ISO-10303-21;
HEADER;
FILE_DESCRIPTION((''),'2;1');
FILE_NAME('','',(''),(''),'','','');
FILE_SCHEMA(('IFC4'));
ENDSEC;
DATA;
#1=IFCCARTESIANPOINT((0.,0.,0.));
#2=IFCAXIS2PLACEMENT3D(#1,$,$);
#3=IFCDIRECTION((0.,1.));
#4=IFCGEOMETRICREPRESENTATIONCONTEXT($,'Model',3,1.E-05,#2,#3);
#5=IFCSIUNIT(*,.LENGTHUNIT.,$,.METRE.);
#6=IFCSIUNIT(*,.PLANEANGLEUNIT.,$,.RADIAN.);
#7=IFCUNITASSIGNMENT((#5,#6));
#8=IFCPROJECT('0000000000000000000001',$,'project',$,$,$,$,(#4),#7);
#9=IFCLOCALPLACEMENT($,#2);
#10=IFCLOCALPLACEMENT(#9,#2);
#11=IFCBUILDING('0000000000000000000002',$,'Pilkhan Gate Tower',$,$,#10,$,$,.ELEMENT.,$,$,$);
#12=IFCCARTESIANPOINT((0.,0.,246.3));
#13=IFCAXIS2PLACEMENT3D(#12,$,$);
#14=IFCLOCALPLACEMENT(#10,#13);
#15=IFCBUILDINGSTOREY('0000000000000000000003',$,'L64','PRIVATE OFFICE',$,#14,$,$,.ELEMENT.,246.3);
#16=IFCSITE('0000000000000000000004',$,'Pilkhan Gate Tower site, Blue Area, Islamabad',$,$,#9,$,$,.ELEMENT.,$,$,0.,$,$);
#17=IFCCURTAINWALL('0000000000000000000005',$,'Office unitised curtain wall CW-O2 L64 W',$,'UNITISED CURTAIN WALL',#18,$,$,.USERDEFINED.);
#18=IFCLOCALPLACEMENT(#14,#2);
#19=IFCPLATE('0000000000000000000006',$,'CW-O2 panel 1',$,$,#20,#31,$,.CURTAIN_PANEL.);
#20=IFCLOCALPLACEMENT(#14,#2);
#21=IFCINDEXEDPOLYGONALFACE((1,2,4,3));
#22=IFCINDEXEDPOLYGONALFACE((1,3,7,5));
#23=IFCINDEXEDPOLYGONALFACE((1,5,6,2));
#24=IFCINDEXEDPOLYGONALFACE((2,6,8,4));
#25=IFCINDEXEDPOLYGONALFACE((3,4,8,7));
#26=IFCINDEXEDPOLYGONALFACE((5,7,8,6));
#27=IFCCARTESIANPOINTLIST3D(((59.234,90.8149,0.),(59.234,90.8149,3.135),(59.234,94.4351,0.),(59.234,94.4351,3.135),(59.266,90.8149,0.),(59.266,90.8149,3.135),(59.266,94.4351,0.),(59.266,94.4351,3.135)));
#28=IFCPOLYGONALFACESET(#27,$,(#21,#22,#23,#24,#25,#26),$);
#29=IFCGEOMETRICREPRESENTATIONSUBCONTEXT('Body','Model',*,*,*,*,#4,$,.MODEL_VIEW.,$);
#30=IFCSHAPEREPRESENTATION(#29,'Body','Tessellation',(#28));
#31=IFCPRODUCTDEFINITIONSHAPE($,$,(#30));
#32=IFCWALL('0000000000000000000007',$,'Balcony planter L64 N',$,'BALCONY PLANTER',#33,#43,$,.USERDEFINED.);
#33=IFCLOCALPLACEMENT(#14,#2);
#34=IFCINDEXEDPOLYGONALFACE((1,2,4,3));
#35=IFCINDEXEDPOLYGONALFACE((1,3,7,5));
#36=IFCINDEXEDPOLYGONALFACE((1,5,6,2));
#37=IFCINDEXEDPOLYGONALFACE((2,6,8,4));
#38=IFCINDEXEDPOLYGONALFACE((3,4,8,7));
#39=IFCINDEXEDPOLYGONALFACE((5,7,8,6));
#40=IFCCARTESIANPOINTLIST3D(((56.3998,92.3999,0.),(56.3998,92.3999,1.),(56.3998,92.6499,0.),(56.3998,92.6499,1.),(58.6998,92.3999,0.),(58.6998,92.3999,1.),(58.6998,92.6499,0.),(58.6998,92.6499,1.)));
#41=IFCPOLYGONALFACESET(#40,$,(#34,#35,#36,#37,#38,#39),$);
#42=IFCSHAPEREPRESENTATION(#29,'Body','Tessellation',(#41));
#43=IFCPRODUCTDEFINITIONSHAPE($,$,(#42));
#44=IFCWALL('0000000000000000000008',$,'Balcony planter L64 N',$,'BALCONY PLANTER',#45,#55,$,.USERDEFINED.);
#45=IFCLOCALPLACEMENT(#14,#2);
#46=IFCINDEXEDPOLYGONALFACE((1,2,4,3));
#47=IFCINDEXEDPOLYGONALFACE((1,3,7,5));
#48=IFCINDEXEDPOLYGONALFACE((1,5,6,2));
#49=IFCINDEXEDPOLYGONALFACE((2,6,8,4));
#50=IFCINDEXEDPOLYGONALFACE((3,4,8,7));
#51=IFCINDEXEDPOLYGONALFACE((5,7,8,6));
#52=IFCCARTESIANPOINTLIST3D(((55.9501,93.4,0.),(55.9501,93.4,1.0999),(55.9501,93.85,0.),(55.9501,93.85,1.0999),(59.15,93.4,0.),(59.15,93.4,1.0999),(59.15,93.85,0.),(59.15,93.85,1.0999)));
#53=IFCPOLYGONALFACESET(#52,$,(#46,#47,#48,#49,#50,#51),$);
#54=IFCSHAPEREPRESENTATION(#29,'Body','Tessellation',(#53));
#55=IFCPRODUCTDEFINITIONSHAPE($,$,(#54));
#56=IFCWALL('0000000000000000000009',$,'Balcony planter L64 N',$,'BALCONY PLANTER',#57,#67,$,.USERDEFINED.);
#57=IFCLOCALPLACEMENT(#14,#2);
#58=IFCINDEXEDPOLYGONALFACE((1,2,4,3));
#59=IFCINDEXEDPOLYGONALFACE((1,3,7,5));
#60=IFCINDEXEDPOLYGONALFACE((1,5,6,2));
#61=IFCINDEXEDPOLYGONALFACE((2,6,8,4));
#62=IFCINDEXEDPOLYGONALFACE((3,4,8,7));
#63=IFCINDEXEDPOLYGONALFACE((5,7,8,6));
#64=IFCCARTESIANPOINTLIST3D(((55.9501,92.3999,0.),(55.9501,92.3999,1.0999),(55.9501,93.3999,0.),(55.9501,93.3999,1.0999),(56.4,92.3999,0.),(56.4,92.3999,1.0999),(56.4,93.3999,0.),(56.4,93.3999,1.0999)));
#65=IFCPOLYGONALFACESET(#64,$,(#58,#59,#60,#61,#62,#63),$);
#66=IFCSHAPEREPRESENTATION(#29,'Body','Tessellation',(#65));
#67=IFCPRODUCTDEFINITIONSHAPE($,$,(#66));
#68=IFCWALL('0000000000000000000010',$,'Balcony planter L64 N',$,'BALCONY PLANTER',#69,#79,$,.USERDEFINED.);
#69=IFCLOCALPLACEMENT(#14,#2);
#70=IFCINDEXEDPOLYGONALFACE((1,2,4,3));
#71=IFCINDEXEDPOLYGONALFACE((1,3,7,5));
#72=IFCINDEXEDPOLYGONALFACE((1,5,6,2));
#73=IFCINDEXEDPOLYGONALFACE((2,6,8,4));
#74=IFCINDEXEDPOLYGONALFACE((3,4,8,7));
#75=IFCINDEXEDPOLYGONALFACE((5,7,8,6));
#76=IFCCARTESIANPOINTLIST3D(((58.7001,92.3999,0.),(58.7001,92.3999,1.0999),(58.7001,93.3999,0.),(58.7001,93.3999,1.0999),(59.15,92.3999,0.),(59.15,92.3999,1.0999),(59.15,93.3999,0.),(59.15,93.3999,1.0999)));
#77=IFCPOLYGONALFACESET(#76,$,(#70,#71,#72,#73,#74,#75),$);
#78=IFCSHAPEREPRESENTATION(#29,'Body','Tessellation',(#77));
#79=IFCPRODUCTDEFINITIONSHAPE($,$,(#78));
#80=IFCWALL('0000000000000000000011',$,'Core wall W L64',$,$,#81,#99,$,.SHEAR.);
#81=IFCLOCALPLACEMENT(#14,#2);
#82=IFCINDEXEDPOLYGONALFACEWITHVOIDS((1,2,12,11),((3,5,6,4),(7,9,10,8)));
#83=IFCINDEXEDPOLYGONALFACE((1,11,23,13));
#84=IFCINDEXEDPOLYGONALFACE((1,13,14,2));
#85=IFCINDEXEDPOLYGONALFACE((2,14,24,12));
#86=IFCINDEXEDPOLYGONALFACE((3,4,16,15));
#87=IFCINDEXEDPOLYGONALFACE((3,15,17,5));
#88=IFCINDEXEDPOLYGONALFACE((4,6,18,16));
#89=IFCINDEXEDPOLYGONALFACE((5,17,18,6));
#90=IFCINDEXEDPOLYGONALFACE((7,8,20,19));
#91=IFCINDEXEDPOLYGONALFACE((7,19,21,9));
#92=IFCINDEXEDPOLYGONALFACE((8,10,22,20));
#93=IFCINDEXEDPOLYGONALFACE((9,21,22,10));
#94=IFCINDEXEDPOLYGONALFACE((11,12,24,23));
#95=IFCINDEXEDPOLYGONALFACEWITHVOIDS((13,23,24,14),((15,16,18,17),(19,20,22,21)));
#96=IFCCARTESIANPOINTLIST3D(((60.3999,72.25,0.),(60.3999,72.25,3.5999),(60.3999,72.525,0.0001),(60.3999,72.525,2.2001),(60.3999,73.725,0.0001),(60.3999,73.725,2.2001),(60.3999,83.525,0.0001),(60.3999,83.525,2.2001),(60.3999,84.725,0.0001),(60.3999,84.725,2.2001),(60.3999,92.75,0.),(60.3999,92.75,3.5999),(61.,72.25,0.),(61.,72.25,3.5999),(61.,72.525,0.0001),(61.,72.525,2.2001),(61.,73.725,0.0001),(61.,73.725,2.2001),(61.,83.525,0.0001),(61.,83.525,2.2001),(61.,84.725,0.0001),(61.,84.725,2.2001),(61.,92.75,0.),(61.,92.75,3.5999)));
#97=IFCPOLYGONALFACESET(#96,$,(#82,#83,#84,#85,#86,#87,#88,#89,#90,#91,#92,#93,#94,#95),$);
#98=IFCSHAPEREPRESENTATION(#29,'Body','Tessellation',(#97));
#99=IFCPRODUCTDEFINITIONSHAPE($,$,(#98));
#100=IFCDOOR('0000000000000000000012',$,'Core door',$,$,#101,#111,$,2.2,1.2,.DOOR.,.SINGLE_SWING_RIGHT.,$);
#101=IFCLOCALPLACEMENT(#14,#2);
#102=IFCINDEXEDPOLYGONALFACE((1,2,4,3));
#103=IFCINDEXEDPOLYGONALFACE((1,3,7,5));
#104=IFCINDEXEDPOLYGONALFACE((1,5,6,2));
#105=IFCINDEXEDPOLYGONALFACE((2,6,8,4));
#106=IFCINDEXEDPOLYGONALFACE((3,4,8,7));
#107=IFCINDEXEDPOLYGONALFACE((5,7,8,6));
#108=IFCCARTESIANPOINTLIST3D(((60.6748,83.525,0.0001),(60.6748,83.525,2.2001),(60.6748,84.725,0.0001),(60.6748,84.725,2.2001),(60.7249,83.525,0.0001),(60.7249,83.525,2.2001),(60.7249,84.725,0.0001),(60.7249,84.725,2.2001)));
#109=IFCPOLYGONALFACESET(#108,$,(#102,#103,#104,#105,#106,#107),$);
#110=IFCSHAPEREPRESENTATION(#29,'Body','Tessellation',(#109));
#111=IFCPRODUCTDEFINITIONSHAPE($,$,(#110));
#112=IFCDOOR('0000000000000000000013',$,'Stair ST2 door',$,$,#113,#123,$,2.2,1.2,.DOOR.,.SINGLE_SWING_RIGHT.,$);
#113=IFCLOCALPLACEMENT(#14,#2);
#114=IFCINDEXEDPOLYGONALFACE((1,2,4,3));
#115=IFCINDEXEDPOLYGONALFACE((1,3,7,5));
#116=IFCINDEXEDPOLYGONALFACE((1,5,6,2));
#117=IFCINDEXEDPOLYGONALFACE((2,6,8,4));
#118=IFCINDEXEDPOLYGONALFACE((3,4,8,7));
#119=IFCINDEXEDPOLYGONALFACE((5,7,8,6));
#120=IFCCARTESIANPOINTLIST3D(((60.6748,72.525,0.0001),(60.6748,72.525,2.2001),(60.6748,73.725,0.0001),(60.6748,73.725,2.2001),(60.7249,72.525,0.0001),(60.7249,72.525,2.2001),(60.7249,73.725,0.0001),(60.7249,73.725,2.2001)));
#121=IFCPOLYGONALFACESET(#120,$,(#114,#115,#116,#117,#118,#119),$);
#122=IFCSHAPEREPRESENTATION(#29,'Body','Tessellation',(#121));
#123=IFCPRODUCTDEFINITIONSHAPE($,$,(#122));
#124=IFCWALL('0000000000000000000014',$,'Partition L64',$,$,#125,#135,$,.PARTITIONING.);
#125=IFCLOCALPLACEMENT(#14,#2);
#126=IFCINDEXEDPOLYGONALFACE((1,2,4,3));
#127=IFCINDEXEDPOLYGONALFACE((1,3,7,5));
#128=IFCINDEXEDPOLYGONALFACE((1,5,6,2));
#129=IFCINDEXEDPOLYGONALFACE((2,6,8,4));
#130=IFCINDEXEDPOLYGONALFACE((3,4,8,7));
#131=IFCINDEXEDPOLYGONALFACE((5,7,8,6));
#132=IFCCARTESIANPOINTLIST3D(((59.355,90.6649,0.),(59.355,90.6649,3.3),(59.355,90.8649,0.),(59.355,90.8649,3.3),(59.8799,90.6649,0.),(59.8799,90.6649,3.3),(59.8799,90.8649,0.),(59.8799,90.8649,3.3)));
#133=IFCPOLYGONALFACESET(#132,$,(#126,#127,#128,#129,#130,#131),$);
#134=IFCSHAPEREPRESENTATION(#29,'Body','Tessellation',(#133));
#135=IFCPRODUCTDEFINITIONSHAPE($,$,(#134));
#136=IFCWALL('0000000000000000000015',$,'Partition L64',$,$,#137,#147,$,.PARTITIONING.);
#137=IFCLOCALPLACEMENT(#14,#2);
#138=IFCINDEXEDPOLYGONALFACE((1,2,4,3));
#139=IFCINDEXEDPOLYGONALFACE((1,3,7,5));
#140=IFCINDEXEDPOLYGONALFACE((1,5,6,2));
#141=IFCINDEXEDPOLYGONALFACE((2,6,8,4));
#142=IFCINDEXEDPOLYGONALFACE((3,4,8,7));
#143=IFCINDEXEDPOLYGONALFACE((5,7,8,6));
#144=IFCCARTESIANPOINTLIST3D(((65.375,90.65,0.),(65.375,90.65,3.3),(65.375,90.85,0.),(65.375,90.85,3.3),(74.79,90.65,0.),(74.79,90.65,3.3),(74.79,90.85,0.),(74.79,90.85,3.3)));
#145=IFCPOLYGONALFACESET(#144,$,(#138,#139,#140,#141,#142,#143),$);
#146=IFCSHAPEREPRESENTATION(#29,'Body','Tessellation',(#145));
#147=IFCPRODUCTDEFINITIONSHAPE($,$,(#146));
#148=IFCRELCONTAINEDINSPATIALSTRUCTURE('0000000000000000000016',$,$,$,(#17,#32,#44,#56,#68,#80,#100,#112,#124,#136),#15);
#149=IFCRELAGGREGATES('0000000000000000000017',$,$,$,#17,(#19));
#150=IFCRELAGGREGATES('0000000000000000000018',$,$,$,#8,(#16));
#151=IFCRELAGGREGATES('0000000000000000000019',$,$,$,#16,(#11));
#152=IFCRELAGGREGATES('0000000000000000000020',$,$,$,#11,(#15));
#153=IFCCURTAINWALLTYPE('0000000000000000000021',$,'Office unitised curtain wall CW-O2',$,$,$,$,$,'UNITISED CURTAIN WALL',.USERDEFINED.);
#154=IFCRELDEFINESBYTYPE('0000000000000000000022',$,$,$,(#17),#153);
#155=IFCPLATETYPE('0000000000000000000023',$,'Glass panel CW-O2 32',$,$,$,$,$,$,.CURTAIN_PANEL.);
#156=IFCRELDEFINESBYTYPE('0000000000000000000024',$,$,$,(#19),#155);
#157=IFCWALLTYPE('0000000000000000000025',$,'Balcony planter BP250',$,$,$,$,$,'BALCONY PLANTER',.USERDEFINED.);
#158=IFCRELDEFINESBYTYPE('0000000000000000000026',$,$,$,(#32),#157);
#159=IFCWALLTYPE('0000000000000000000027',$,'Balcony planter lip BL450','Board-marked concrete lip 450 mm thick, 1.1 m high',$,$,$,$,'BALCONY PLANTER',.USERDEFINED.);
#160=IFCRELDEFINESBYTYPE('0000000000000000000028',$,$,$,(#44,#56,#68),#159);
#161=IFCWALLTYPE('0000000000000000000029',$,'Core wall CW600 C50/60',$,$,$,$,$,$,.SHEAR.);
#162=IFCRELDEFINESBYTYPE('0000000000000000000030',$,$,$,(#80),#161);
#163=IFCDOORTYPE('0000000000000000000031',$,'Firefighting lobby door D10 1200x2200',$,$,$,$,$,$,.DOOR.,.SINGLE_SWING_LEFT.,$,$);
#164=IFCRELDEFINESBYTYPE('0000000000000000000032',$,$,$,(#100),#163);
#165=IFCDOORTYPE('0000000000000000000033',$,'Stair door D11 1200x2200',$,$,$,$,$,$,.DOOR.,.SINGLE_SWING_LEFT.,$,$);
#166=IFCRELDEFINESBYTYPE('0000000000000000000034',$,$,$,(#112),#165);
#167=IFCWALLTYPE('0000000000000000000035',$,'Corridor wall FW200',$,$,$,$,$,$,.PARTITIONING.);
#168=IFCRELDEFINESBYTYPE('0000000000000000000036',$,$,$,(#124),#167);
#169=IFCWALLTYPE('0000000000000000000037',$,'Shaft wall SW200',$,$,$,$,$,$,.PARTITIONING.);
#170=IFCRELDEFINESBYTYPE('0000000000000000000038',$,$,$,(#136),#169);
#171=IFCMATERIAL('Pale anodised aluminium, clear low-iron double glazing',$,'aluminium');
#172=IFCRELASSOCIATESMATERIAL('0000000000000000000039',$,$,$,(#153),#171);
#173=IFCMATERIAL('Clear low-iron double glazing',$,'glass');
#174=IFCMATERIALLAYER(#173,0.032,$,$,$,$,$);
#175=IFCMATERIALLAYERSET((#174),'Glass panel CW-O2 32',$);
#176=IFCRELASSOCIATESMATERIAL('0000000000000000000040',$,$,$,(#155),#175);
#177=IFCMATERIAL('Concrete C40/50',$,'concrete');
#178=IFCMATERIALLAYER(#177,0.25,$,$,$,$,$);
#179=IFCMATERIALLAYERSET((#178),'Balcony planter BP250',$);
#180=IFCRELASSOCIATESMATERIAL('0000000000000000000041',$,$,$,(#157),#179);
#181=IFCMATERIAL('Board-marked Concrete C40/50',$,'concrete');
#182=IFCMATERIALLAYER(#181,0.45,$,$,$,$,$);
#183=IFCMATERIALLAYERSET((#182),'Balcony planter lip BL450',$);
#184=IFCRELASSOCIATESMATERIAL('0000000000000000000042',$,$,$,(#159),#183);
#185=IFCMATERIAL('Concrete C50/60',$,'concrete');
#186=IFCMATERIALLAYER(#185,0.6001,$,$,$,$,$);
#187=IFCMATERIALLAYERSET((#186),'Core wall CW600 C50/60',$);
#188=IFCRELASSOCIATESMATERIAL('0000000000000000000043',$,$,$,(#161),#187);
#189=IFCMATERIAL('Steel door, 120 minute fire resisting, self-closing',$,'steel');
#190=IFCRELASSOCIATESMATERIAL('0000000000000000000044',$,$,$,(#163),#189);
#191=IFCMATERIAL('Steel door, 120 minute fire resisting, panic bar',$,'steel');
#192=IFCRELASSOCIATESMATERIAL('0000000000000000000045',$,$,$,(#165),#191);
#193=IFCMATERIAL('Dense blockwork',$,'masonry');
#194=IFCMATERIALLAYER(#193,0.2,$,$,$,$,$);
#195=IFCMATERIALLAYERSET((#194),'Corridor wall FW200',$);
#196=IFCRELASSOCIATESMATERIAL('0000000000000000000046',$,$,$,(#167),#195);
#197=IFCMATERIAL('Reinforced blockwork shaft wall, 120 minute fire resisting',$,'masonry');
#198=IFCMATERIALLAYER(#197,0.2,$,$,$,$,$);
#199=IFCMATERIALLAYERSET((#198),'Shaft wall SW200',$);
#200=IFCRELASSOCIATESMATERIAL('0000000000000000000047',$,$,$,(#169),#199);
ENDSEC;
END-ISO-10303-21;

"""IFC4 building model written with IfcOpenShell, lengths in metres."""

from ifc_helpers import new_model, si_unit, direction, frame, frame_2d, origin, origin_2d, place, context, subcontext, project, spatial, rectangle, extrude, material, layer, layer_set, type_object, element, fill, aggregate, save


model = new_model("IFC4")

# Units and contexts
model_context = context("Model", 3, precision=1e-05, world=origin(), true_north=direction((0.0, 1.0)))
body_context = subcontext(model_context, "Body", "Model", "MODEL_VIEW")
ifc_project = project(units=[si_unit("LENGTHUNIT", "METRE"), si_unit("PLANEANGLEUNIT", "RADIAN")], contexts=[model_context])

# Site, building, storey
site_placement = place(None, origin())
site = spatial("IfcSite", under=ifc_project, at=site_placement, Name="Pilkhan Gate Tower site, Blue Area, Islamabad", CompositionType="ELEMENT", RefElevation=0.0)
building_placement = place(site_placement, origin())
building = spatial("IfcBuilding", under=site, at=building_placement, Name="Pilkhan Gate Tower", CompositionType="ELEMENT")
storey_placement = place(building_placement, frame((0.0, 0.0, 246.3)))
storey = spatial("IfcBuildingStorey", under=building, at=storey_placement, Name="L64", Description="PRIVATE OFFICE", CompositionType="ELEMENT", Elevation=246.3)

# Shared definitions
ifc_material_1 = material(Name="Concrete C50/60", Category="concrete")

# Curtain wall
ifc_material_2 = material(Name="Pale anodised aluminium, clear low-iron double glazing", Category="aluminium")
curtain_wall_type = type_object("IfcCurtainWallType", Name="Office unitised curtain wall CW-O2", ElementType="UNITISED CURTAIN WALL", PredefinedType="USERDEFINED", material=ifc_material_2)
curtain_wall_1_placement = place(storey_placement, origin())
curtain_wall_1 = element("IfcCurtainWall", 1, at=curtain_wall_1_placement, inside=storey, type_object=curtain_wall_type, Name="Office unitised curtain wall CW-O2 L64 W", ObjectType="UNITISED CURTAIN WALL", PredefinedType="USERDEFINED")

# Plate
ifc_material_3 = material(Name="Clear low-iron double glazing", Category="glass")
ifc_layer_1 = layer(ifc_material_3, 0.032)
ifc_layer_set_1 = layer_set([ifc_layer_1], Name="Glass panel CW-O2 32")
plate_type = type_object("IfcPlateType", Name="Glass panel CW-O2 32", PredefinedType="CURTAIN_PANEL", material=ifc_layer_set_1)
plate_1_placement = place(storey_placement, frame((59.25, 92.625, 0.0), z_axis=(0.0, 0.0, 1.0), x_axis=(0.0, 1.0, 0.0)))
plate_1 = element("IfcPlate", 2, at=plate_1_placement, type_object=plate_type, Name="CW-O2 panel 1", PredefinedType="CURTAIN_PANEL", context=body_context, shape_type="SweptSolid", body=[
    extrude(rectangle(XDim=3.6201, YDim=0.032, at=origin_2d()), origin(), (0.0, 0.0, 1.0), 3.135),
])
aggregate(curtain_wall_1, [plate_1])

# Walls
ifc_material_4 = material(Name="Concrete C40/50", Category="concrete")
ifc_layer_2 = layer(ifc_material_4, 0.25)
ifc_layer_set_2 = layer_set([ifc_layer_2], Name="Balcony planter BP250")
wall_type_1 = type_object("IfcWallType", Name="Balcony planter BP250", ElementType="BALCONY PLANTER", PredefinedType="USERDEFINED", material=ifc_layer_set_2)
wall_1_placement = place(storey_placement, frame((56.3999, 92.5249, 0.0), z_axis=(0.0, 0.0, 1.0), x_axis=(1.0, 0.0, 0.0)))
element("IfcWall", 3, at=wall_1_placement, inside=storey, type_object=wall_type_1, Name="Balcony planter L64 N", ObjectType="BALCONY PLANTER", PredefinedType="USERDEFINED", context=body_context, shape_type="SweptSolid", body=[
    extrude(rectangle(XDim=2.3, YDim=0.25, at=frame_2d((1.1499, 0.0))), origin(), (0.0, 0.0, 1.0), 1.0),
])
ifc_material_5 = material(Name="Board-marked Concrete C40/50", Category="concrete")
ifc_layer_3 = layer(ifc_material_5, 0.45)
ifc_layer_set_3 = layer_set([ifc_layer_3], Name="Balcony planter lip BL450")
wall_type_2 = type_object("IfcWallType", Name="Balcony planter lip BL450", Description="Board-marked concrete lip 450 mm thick, 1.1 m high", ElementType="BALCONY PLANTER", PredefinedType="USERDEFINED", material=ifc_layer_set_3)
wall_2_placement = place(storey_placement, frame((55.95, 93.625, 0.0), z_axis=(0.0, 0.0, 1.0), x_axis=(1.0, 0.0, 0.0)))
element("IfcWall", 4, at=wall_2_placement, inside=storey, type_object=wall_type_2, Name="Balcony planter L64 N", ObjectType="BALCONY PLANTER", PredefinedType="USERDEFINED", context=body_context, shape_type="SweptSolid", body=[
    extrude(rectangle(XDim=3.2, YDim=0.45, at=frame_2d((1.6001, 0.0))), origin(), (0.0, 0.0, 1.0), 1.0999),
])
for number, where, z_axis, x_axis, name in (
    (5, (56.175, 92.3999, 0.0), (0.0, 0.0, 1.0), (0.0, 1.0, 0.0), "Balcony planter L64 N"),
    (6, (58.925, 92.3999, 0.0), (0.0, 0.0, 1.0), (0.0, 1.0, 0.0), "Balcony planter L64 N"),
):
    element("IfcWall", number, at=place(storey_placement, frame(where, z_axis=z_axis, x_axis=x_axis)), inside=storey, type_object=wall_type_2, Name=name, ObjectType="BALCONY PLANTER", PredefinedType="USERDEFINED", context=body_context, shape_type="SweptSolid", body=[
        extrude(rectangle(XDim=1.0, YDim=0.45, at=frame_2d((0.5, 0.0))), origin(), (0.0, 0.0, 1.0), 1.0999),
    ])

# Wall, openings, doors
ifc_layer_4 = layer(ifc_material_1, 0.6001)
ifc_layer_set_4 = layer_set([ifc_layer_4], Name="Core wall CW600 C50/60")
wall_type_3 = type_object("IfcWallType", Name="Core wall CW600 C50/60", PredefinedType="SHEAR", material=ifc_layer_set_4)
wall_3_placement = place(storey_placement, frame((60.7, 92.75, 0.0), z_axis=(0.0, 0.0, 1.0), x_axis=(0.0, -1.0, 0.0)))
wall_3 = element("IfcWall", 7, at=wall_3_placement, inside=storey, type_object=wall_type_3, Name="Core wall W L64", PredefinedType="SHEAR", context=body_context, shape_type="SweptSolid", body=[
    extrude(rectangle(XDim=20.5, YDim=0.6001, at=frame_2d((10.25, 0.0))), origin(), (0.0, 0.0, 1.0), 3.5999),
])
opening_1_placement = place(wall_3_placement, frame((19.0249, 0.0, 0.0)))
opening_1 = element("IfcOpeningElement", 8, at=opening_1_placement, cuts=wall_3, PredefinedType="OPENING", context=body_context, shape_type="SweptSolid", body=[
    extrude(rectangle(XDim=1.2, YDim=2.2, at=frame_2d((0.6001, 1.1001))), frame((0.0, 0.3101, 0.0), z_axis=(0.0, -1.0, 0.0), x_axis=(1.0, 0.0, 0.0)), (0.0, 0.0, 1.0), 0.6201),
])
opening_2_placement = place(wall_3_placement, frame((8.0249, 0.0, 0.0)))
opening_2 = element("IfcOpeningElement", 9, at=opening_2_placement, cuts=wall_3, PredefinedType="OPENING", context=body_context, shape_type="SweptSolid", body=[
    extrude(rectangle(XDim=1.2, YDim=2.2, at=frame_2d((0.6001, 1.1001))), frame((0.0, 0.3101, 0.0), z_axis=(0.0, -1.0, 0.0), x_axis=(1.0, 0.0, 0.0)), (0.0, 0.0, 1.0), 0.6201),
])
ifc_material_6 = material(Name="Steel door, 120 minute fire resisting, self-closing", Category="steel")
door_type_1 = type_object("IfcDoorType", Name="Firefighting lobby door D10 1200x2200", OperationType="SINGLE_SWING_LEFT", PredefinedType="DOOR", material=ifc_material_6)
door_1_placement = place(opening_2_placement, origin())
door_1 = element("IfcDoor", 10, at=door_1_placement, inside=storey, type_object=door_type_1, Name="Core door", OperationType="SINGLE_SWING_RIGHT", OverallHeight=2.2, OverallWidth=1.2, PredefinedType="DOOR", context=body_context, shape_type="SweptSolid", body=[
    extrude(rectangle(XDim=1.2, YDim=2.2, at=frame_2d((0.6001, 1.1001))), frame((0.0, 0.0249, 0.0), z_axis=(0.0, -1.0, 0.0), x_axis=(1.0, 0.0, 0.0)), (0.0, 0.0, 1.0), 0.05),
])
fill(opening_2, door_1)
ifc_material_7 = material(Name="Steel door, 120 minute fire resisting, panic bar", Category="steel")
door_type_2 = type_object("IfcDoorType", Name="Stair door D11 1200x2200", OperationType="SINGLE_SWING_LEFT", PredefinedType="DOOR", material=ifc_material_7)
door_2_placement = place(opening_1_placement, origin())
door_2 = element("IfcDoor", 11, at=door_2_placement, inside=storey, type_object=door_type_2, Name="Stair ST2 door", OperationType="SINGLE_SWING_RIGHT", OverallHeight=2.2, OverallWidth=1.2, PredefinedType="DOOR", context=body_context, shape_type="SweptSolid", body=[
    extrude(rectangle(XDim=1.2, YDim=2.2, at=frame_2d((0.6001, 1.1001))), frame((0.0, 0.0249, 0.0), z_axis=(0.0, -1.0, 0.0), x_axis=(1.0, 0.0, 0.0)), (0.0, 0.0, 1.0), 0.05),
])
fill(opening_1, door_2)

# Wall
ifc_material_8 = material(Name="Dense blockwork", Category="masonry")
ifc_layer_5 = layer(ifc_material_8, 0.2)
ifc_layer_set_5 = layer_set([ifc_layer_5], Name="Corridor wall FW200")
wall_type_4 = type_object("IfcWallType", Name="Corridor wall FW200", PredefinedType="PARTITIONING", material=ifc_layer_set_5)
wall_4_placement = place(storey_placement, frame((59.355, 90.7649, 0.0), z_axis=(0.0, 0.0, 1.0), x_axis=(1.0, 0.0, 0.0)))
element("IfcWall", 12, at=wall_4_placement, inside=storey, type_object=wall_type_4, Name="Partition L64", PredefinedType="PARTITIONING", context=body_context, shape_type="SweptSolid", body=[
    extrude(rectangle(XDim=0.5249, YDim=0.2, at=frame_2d((0.2625, 0.0))), origin(), (0.0, 0.0, 1.0), 3.3),
])

# Wall
ifc_material_9 = material(Name="Reinforced blockwork shaft wall, 120 minute fire resisting", Category="masonry")
ifc_layer_6 = layer(ifc_material_9, 0.2)
ifc_layer_set_6 = layer_set([ifc_layer_6], Name="Shaft wall SW200")
wall_type_5 = type_object("IfcWallType", Name="Shaft wall SW200", PredefinedType="PARTITIONING", material=ifc_layer_set_6)
wall_5_placement = place(storey_placement, frame((65.375, 90.75, 0.0), z_axis=(0.0, 0.0, 1.0), x_axis=(1.0, 0.0, 0.0)))
element("IfcWall", 13, at=wall_5_placement, inside=storey, type_object=wall_type_5, Name="Partition L64", PredefinedType="PARTITIONING", context=body_context, shape_type="SweptSolid", body=[
    extrude(rectangle(XDim=9.415, YDim=0.2, at=frame_2d((4.7075, 0.0))), origin(), (0.0, 0.0, 1.0), 3.3),
])

save(model, "model.ifc")
